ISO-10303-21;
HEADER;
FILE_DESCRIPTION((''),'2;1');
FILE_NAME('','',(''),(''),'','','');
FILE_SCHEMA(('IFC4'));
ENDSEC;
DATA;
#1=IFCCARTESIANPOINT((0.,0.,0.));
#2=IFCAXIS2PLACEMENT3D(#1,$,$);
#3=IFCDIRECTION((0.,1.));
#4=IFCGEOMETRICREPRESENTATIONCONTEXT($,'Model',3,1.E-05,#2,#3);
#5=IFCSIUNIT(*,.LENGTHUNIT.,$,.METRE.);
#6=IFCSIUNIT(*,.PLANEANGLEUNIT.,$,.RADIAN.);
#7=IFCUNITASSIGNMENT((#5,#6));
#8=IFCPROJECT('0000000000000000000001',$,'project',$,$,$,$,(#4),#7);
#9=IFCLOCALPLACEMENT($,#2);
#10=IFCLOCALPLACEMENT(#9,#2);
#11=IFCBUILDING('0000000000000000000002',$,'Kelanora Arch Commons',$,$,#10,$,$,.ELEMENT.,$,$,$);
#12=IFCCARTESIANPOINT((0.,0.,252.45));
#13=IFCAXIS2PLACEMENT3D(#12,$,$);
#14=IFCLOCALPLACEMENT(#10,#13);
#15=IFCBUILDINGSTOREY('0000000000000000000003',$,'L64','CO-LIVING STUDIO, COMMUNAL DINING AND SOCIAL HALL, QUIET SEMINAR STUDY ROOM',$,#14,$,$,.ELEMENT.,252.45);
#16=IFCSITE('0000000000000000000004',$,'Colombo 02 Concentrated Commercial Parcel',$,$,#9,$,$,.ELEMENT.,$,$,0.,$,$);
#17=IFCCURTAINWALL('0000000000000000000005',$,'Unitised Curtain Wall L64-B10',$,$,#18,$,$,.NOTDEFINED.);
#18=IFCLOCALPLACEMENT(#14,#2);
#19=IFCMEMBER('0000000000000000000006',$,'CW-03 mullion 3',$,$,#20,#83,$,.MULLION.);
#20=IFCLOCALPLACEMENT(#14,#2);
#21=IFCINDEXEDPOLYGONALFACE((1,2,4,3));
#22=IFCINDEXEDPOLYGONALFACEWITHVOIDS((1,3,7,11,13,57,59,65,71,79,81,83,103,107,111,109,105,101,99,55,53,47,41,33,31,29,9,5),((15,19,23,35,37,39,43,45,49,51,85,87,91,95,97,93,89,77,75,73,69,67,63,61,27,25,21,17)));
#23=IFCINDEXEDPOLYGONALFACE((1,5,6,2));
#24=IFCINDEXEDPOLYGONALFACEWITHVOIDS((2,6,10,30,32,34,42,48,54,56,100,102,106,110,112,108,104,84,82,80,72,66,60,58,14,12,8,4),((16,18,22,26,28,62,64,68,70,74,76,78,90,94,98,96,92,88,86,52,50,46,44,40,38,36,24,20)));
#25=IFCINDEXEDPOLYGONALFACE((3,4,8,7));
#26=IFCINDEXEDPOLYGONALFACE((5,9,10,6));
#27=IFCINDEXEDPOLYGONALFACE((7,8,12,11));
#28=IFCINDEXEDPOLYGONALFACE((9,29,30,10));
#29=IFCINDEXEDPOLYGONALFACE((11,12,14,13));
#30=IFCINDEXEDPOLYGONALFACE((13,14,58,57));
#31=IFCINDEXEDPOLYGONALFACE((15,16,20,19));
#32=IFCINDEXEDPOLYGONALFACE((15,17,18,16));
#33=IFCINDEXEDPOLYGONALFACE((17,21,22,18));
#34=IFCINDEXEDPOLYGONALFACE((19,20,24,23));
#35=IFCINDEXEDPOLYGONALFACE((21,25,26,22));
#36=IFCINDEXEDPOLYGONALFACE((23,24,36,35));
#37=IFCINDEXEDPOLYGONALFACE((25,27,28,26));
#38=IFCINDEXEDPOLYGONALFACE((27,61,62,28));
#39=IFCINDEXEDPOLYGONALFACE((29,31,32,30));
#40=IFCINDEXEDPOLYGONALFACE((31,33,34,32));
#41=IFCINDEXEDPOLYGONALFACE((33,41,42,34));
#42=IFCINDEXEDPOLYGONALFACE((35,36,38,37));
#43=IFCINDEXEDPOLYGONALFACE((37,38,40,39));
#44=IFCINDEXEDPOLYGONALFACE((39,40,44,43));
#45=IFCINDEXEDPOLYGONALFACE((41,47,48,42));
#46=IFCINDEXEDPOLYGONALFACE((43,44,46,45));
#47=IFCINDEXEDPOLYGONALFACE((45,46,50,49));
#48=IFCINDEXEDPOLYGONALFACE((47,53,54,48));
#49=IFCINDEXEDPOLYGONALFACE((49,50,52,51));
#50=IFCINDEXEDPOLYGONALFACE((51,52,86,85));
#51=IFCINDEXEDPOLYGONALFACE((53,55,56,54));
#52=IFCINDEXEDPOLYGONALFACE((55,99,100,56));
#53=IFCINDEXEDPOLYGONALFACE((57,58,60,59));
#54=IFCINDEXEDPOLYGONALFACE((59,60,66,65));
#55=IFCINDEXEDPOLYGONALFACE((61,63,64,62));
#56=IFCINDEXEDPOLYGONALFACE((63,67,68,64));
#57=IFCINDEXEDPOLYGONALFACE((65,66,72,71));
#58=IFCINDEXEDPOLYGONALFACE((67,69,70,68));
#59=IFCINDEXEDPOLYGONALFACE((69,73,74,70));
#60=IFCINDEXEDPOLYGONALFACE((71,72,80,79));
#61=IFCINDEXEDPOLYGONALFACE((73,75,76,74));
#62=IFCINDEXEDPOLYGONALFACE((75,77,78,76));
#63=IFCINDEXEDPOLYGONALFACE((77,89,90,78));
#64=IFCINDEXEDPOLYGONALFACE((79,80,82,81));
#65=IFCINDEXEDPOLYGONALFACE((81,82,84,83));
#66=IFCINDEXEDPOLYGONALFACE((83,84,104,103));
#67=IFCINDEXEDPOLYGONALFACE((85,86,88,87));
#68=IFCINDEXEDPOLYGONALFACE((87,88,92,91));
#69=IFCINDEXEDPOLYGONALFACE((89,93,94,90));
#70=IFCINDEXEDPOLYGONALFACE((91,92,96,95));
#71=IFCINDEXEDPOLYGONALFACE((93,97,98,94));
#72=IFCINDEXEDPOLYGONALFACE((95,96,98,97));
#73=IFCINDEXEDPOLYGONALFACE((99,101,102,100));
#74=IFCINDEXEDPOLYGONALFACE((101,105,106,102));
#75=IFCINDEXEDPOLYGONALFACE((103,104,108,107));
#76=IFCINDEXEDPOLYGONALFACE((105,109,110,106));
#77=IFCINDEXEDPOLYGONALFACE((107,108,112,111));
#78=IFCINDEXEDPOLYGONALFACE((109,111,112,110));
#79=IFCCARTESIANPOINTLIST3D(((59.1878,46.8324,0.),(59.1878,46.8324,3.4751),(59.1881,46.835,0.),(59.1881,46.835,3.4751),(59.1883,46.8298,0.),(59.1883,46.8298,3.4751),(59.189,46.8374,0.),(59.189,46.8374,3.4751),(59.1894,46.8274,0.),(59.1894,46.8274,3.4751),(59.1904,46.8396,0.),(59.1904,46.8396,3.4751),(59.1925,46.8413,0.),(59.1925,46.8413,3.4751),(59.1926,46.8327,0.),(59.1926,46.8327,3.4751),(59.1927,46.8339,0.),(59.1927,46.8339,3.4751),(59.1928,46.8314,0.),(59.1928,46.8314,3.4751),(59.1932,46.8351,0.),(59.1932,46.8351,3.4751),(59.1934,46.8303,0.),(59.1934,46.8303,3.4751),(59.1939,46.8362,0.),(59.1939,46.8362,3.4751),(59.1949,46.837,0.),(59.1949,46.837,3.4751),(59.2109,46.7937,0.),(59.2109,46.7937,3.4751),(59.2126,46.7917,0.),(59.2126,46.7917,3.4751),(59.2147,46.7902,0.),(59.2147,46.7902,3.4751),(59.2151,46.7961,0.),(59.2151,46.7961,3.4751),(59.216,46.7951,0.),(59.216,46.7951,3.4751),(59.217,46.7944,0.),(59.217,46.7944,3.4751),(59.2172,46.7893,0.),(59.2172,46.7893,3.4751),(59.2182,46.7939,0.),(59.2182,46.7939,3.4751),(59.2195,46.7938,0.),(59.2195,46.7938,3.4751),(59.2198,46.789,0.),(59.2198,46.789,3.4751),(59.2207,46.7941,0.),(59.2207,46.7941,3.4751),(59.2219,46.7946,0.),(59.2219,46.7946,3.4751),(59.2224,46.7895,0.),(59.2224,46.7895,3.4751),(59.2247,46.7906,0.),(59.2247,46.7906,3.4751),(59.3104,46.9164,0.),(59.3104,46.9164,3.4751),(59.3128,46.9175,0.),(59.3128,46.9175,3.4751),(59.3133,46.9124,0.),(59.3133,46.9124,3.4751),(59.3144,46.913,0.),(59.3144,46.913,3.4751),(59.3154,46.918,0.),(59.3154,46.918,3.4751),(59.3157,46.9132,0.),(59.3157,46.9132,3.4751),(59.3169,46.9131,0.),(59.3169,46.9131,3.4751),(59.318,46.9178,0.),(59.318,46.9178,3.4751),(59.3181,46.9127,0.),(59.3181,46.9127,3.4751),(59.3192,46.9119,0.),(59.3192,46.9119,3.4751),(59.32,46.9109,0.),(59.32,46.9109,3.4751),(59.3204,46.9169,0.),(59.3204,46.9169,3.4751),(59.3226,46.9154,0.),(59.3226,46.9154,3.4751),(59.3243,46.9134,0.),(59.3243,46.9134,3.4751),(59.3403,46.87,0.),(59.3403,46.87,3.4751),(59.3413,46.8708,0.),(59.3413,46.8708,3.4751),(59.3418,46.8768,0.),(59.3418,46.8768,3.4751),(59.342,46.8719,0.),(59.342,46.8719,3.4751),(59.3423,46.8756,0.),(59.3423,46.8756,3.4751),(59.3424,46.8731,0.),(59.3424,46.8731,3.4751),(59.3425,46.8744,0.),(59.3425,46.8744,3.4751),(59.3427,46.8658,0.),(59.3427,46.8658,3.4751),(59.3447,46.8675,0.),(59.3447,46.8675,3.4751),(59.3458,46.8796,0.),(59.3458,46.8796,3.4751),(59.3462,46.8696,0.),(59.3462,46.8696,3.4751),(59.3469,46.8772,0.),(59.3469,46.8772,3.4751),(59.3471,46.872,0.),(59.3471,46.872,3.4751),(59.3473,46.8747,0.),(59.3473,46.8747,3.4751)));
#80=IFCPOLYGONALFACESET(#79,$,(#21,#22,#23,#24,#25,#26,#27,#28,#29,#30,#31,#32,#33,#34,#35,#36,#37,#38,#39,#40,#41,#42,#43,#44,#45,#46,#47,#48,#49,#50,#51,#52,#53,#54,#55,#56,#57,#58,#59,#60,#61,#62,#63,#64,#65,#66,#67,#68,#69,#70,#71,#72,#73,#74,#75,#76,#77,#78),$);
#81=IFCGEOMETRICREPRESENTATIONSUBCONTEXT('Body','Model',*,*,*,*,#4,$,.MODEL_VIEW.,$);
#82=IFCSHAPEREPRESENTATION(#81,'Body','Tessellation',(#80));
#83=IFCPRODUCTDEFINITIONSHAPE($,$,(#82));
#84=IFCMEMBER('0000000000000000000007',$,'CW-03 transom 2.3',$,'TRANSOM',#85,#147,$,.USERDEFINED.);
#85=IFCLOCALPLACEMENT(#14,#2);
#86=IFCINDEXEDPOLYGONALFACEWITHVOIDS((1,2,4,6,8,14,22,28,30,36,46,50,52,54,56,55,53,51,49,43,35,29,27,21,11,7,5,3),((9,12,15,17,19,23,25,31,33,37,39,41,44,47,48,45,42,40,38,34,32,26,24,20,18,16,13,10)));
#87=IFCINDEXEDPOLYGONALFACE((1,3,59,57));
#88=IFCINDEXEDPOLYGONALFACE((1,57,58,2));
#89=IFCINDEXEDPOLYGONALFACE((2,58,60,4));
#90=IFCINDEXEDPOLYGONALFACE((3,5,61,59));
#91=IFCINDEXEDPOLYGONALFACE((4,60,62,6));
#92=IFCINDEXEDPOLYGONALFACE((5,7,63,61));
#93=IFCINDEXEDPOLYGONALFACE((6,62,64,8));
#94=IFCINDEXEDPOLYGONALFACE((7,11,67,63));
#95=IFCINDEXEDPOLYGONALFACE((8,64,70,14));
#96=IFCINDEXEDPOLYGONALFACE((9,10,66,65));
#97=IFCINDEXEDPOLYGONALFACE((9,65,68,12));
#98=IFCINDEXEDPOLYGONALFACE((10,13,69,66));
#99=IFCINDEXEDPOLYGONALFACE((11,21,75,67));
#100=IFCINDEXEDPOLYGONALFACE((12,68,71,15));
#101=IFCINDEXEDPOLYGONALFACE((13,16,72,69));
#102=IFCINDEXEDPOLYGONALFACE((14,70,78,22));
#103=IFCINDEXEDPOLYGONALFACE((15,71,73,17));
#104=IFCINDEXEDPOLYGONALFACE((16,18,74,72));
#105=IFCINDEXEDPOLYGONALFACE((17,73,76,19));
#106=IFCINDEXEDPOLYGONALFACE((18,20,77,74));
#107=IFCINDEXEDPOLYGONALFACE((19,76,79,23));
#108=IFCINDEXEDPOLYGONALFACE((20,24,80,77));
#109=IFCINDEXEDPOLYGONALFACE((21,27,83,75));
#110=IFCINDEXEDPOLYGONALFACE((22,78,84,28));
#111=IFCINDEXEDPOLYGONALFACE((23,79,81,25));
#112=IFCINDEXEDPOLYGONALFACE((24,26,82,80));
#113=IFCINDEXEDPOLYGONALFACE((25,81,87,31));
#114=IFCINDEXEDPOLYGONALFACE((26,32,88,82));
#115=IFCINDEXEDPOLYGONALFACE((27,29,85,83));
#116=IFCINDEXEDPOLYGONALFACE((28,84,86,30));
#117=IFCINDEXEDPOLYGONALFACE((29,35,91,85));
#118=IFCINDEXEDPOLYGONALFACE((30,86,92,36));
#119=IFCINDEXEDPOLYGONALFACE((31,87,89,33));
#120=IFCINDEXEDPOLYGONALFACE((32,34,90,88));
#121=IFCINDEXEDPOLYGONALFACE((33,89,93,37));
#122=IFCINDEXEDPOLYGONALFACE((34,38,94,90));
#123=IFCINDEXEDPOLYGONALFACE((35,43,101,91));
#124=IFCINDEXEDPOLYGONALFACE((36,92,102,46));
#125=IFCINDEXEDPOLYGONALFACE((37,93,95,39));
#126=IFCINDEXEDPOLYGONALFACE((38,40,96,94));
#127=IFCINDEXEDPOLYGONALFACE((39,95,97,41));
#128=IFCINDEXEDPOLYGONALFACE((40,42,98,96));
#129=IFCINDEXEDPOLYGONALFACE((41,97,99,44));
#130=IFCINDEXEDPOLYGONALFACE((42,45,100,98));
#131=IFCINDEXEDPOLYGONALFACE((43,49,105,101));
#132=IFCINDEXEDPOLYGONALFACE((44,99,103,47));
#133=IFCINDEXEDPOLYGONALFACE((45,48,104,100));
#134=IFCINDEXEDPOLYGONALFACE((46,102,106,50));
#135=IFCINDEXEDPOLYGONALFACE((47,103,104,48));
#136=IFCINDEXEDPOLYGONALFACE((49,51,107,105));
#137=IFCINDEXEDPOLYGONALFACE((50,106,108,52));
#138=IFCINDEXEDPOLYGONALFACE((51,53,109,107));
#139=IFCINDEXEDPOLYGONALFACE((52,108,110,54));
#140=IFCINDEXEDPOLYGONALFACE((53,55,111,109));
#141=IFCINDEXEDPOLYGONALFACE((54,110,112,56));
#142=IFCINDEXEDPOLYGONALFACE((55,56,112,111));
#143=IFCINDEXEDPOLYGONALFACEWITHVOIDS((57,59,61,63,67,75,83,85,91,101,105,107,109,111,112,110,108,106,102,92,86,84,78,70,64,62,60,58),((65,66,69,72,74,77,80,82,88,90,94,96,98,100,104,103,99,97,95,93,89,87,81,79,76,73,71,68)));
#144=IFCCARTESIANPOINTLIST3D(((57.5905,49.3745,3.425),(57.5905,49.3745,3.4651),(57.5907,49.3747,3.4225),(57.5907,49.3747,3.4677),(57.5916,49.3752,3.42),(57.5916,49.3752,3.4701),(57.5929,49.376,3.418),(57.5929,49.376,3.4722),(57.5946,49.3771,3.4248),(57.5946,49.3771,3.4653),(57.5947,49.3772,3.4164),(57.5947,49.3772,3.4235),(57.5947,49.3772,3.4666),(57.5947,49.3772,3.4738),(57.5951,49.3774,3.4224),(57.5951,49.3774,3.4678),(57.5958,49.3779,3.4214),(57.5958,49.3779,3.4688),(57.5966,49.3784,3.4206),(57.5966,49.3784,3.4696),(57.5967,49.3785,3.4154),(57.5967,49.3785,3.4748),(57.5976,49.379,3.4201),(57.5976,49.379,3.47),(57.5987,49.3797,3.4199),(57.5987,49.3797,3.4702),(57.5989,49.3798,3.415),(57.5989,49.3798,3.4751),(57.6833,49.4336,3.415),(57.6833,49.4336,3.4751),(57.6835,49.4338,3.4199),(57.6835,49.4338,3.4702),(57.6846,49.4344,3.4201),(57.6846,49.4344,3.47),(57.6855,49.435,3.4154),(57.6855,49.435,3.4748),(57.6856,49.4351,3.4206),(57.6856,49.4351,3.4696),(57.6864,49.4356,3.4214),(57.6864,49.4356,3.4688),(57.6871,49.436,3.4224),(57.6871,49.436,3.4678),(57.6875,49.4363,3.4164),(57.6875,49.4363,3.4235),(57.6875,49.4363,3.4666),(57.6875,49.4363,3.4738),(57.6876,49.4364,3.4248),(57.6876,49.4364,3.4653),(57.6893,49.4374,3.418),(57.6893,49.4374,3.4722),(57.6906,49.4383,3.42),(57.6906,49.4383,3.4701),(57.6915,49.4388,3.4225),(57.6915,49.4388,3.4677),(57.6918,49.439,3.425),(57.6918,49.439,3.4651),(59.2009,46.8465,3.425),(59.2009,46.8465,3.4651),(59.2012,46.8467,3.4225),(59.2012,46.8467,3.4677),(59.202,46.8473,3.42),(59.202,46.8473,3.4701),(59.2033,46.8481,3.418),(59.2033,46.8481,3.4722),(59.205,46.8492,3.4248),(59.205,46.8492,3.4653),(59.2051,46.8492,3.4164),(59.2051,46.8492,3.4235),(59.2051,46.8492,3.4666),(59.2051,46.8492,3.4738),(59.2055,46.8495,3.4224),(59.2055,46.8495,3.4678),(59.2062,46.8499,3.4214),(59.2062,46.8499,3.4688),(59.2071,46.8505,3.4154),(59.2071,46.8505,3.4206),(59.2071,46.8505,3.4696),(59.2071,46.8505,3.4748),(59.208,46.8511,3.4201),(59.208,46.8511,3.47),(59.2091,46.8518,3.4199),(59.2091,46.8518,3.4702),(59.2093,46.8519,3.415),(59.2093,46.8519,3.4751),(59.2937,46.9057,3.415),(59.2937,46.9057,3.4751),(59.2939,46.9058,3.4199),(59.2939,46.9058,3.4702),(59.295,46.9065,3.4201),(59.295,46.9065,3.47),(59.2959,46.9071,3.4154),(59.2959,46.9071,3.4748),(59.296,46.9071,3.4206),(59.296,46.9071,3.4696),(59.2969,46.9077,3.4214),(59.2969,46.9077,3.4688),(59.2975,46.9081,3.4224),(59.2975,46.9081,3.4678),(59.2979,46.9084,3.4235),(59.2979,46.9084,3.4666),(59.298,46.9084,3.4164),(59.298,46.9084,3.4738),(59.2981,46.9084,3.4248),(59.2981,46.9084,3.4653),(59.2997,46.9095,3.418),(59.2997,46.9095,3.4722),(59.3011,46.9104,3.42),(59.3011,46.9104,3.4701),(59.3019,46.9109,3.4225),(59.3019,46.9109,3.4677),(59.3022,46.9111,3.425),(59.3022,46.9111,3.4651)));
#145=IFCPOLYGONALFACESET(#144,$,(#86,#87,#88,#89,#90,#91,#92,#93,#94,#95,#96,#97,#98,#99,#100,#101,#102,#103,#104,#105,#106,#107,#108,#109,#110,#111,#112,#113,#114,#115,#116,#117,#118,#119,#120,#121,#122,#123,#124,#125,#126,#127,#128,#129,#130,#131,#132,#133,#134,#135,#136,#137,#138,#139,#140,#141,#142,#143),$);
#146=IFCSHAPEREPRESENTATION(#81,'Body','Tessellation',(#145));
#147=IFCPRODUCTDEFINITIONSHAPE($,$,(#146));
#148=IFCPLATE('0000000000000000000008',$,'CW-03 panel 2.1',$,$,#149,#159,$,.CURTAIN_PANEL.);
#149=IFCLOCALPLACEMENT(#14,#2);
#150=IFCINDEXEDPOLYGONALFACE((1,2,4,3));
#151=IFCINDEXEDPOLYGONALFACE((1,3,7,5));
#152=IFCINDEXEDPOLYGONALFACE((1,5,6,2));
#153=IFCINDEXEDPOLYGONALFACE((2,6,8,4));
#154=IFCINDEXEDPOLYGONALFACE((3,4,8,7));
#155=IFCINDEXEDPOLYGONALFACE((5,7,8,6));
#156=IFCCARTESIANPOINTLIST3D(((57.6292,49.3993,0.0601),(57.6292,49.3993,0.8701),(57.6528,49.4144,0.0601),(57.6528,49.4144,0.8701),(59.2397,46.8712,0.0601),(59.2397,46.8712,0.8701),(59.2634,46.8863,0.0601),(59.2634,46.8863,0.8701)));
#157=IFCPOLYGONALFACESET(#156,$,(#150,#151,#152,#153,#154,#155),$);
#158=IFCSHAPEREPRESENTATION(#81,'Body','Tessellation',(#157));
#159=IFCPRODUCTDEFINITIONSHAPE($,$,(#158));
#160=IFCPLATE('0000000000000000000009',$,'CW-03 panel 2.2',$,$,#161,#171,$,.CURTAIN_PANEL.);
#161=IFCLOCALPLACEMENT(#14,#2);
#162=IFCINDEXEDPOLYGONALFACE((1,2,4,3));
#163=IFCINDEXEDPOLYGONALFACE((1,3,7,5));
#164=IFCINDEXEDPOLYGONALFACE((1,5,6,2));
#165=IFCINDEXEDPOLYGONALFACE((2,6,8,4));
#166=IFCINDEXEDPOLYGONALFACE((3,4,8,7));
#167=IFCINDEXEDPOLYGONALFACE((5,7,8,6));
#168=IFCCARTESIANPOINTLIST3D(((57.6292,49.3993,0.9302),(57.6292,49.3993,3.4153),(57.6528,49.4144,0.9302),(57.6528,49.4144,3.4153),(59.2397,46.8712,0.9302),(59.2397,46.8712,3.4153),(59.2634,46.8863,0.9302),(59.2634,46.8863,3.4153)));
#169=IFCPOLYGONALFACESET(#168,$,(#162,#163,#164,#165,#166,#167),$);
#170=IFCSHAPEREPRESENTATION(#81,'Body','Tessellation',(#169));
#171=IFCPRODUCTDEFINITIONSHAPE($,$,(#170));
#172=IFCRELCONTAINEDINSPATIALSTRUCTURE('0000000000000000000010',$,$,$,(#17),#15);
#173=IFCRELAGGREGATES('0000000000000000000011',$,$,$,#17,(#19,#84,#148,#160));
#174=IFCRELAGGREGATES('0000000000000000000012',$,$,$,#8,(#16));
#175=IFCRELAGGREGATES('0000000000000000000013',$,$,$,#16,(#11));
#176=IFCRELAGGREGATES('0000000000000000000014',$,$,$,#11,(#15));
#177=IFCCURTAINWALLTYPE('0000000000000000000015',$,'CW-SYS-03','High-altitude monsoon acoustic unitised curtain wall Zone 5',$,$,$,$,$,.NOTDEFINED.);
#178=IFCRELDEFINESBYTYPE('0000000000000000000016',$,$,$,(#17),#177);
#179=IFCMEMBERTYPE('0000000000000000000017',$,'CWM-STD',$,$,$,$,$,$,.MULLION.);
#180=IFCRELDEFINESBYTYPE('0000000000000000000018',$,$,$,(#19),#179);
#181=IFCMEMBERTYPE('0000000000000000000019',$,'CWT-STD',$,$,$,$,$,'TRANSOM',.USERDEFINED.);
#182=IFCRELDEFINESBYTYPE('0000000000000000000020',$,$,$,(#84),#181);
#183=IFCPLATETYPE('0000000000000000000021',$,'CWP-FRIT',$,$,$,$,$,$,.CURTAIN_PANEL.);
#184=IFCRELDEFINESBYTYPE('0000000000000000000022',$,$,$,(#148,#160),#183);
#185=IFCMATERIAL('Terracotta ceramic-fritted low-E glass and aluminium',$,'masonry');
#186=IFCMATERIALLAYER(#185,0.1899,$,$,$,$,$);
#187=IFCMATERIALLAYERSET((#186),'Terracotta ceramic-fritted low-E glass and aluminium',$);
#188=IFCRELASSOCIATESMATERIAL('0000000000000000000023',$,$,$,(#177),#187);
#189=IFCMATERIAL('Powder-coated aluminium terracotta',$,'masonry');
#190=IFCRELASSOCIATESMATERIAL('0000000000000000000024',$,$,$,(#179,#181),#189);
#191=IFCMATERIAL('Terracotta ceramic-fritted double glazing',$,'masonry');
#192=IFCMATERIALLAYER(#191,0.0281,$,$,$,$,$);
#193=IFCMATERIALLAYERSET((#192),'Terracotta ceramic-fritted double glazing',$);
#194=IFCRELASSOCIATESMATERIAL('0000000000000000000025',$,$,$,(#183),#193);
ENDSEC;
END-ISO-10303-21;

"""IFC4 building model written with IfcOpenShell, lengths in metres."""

from ifc_helpers import new_model, si_unit, direction, frame, origin, origin_2d, place, context, subcontext, project, spatial, rectangle, hollow_rectangle, extrude, source, transform, mapped, material, layer, layer_set, material_profile, profile_set, type_object, element, aggregate, save


model = new_model("IFC4")

# Units and contexts
model_context = context("Model", 3, precision=1e-05, world=origin(), true_north=direction((0.0, 1.0)))
body_context = subcontext(model_context, "Body", "Model", "MODEL_VIEW")
ifc_project = project(units=[si_unit("LENGTHUNIT", "METRE"), si_unit("PLANEANGLEUNIT", "RADIAN")], contexts=[model_context])

# Site, building, storey
site_placement = place(None, origin())
site = spatial("IfcSite", under=ifc_project, at=site_placement, Name="Colombo 02 Concentrated Commercial Parcel", CompositionType="ELEMENT", RefElevation=0.0)
building_placement = place(site_placement, origin())
building = spatial("IfcBuilding", under=site, at=building_placement, Name="Kelanora Arch Commons", CompositionType="ELEMENT")
storey_placement = place(building_placement, frame((0.0, 0.0, 252.45)))
storey = spatial("IfcBuildingStorey", under=building, at=storey_placement, Name="L64", Description="CO-LIVING STUDIO, COMMUNAL DINING AND SOCIAL HALL, QUIET SEMINAR STUDY ROOM", CompositionType="ELEMENT", Elevation=252.45)

# Curtain wall, members, plates
ifc_material_1 = material(Name="Terracotta ceramic-fritted low-E glass and aluminium", Category="masonry")
ifc_layer_1 = layer(ifc_material_1, 0.1899)
ifc_layer_set_1 = layer_set([ifc_layer_1], Name="Terracotta ceramic-fritted low-E glass and aluminium")
curtain_wall_type = type_object("IfcCurtainWallType", Name="CW-SYS-03", Description="High-altitude monsoon acoustic unitised curtain wall Zone 5", PredefinedType="NOTDEFINED", material=ifc_layer_set_1)
curtain_wall_placement = place(storey_placement, origin())
curtain_wall = element("IfcCurtainWall", 1, at=curtain_wall_placement, inside=storey, type_object=curtain_wall_type, Name="Unitised Curtain Wall L64-B10", PredefinedType="NOTDEFINED")
ifc_material_2 = material(Name="Powder-coated aluminium terracotta", Category="masonry")
ifc_material_profile_1 = material_profile(ifc_material_2, hollow_rectangle(XDim=0.1599, YDim=0.0601, WallThickness=0.0049, InnerFilletRadius=0.0049, OuterFilletRadius=0.01, at=origin_2d()), Name="CWM160x60")
ifc_profile_set_1 = profile_set([ifc_material_profile_1], Name="Powder-coated aluminium terracotta")
member_type_1 = type_object("IfcMemberType", Name="CWM-STD", PredefinedType="MULLION", material=ifc_profile_set_1)
member_1_placement = place(storey_placement, frame((59.2676, 46.8535, 0.0), z_axis=(0.0, 0.0, 1.0), x_axis=(0.843391, 0.5373, 0.0)))
member_1 = element("IfcMember", 2, at=member_1_placement, type_object=member_type_1, Name="CW-03 mullion 3", PredefinedType="MULLION", context=body_context, shape_type="SweptSolid", body=[
    extrude(hollow_rectangle(XDim=0.1599, YDim=0.0601, WallThickness=0.0049, InnerFilletRadius=0.0049, OuterFilletRadius=0.01, at=origin_2d()), origin(), (0.0, 0.0, 1.0), 3.4751),
])
ifc_material_profile_2 = material_profile(ifc_material_2, hollow_rectangle(XDim=0.1201, YDim=0.0601, WallThickness=0.0049, InnerFilletRadius=0.0049, OuterFilletRadius=0.01, at=origin_2d()), Name="CWT120x60")
ifc_profile_set_2 = profile_set([ifc_material_profile_2], Name="Powder-coated aluminium terracotta")
member_type_2 = type_object("IfcMemberType", Name="CWT-STD", ElementType="TRANSOM", PredefinedType="USERDEFINED", material=ifc_profile_set_2)
member_2_placement = place(storey_placement, frame((57.6411, 49.4067, 3.4451), z_axis=(0.537287, -0.8434, 0.0), x_axis=(0.8434, 0.537287, 0.0)))
member_2 = element("IfcMember", 3, at=member_2_placement, type_object=member_type_2, Name="CW-03 transom 2.3", ObjectType="TRANSOM", PredefinedType="USERDEFINED", context=body_context, shape_type="SweptSolid", body=[
    extrude(hollow_rectangle(XDim=0.1201, YDim=0.0601, WallThickness=0.0049, InnerFilletRadius=0.0049, OuterFilletRadius=0.01, at=origin_2d()), origin(), (0.0, 0.0, 1.0), 2.9973),
])
ifc_material_3 = material(Name="Terracotta ceramic-fritted double glazing", Category="masonry")
ifc_layer_2 = layer(ifc_material_3, 0.0281)
ifc_layer_set_2 = layer_set([ifc_layer_2], Name="Terracotta ceramic-fritted double glazing")
plate_type = type_object("IfcPlateType", Name="CWP-FRIT", PredefinedType="CURTAIN_PANEL", material=ifc_layer_set_2)
shared_shape_1 = source(origin(), body_context, "Body", "SweptSolid", [
    extrude(rectangle(XDim=2.9976, YDim=0.0281, at=origin_2d()), origin(), (0.0, 0.0, 1.0), 0.8101),
])
plate_1_placement = place(storey_placement, frame((58.4463, 48.1428, 0.0601), z_axis=(0.0, 0.0, 1.0), x_axis=(0.5373, -0.843391, 0.0)))
plate_1 = element("IfcPlate", 4, at=plate_1_placement, type_object=plate_type, Name="CW-03 panel 2.1", PredefinedType="CURTAIN_PANEL", context=body_context, shape_type="MappedRepresentation", body=[
    mapped(shared_shape_1, transform((0.0, 0.0, 0.0), scale=1.0)),
])
shared_shape_2 = source(origin(), body_context, "Body", "SweptSolid", [
    extrude(rectangle(XDim=2.9976, YDim=0.0281, at=origin_2d()), origin(), (0.0, 0.0, 1.0), 2.4851),
])
plate_2_placement = place(storey_placement, frame((58.4463, 48.1428, 0.9302), z_axis=(0.0, 0.0, 1.0), x_axis=(0.5373, -0.843391, 0.0)))
plate_2 = element("IfcPlate", 5, at=plate_2_placement, type_object=plate_type, Name="CW-03 panel 2.2", PredefinedType="CURTAIN_PANEL", context=body_context, shape_type="MappedRepresentation", body=[
    mapped(shared_shape_2, transform((0.0, 0.0, 0.0), scale=1.0)),
])
aggregate(curtain_wall, [member_1, member_2, plate_1, plate_2])

save(model, "model.ifc")
